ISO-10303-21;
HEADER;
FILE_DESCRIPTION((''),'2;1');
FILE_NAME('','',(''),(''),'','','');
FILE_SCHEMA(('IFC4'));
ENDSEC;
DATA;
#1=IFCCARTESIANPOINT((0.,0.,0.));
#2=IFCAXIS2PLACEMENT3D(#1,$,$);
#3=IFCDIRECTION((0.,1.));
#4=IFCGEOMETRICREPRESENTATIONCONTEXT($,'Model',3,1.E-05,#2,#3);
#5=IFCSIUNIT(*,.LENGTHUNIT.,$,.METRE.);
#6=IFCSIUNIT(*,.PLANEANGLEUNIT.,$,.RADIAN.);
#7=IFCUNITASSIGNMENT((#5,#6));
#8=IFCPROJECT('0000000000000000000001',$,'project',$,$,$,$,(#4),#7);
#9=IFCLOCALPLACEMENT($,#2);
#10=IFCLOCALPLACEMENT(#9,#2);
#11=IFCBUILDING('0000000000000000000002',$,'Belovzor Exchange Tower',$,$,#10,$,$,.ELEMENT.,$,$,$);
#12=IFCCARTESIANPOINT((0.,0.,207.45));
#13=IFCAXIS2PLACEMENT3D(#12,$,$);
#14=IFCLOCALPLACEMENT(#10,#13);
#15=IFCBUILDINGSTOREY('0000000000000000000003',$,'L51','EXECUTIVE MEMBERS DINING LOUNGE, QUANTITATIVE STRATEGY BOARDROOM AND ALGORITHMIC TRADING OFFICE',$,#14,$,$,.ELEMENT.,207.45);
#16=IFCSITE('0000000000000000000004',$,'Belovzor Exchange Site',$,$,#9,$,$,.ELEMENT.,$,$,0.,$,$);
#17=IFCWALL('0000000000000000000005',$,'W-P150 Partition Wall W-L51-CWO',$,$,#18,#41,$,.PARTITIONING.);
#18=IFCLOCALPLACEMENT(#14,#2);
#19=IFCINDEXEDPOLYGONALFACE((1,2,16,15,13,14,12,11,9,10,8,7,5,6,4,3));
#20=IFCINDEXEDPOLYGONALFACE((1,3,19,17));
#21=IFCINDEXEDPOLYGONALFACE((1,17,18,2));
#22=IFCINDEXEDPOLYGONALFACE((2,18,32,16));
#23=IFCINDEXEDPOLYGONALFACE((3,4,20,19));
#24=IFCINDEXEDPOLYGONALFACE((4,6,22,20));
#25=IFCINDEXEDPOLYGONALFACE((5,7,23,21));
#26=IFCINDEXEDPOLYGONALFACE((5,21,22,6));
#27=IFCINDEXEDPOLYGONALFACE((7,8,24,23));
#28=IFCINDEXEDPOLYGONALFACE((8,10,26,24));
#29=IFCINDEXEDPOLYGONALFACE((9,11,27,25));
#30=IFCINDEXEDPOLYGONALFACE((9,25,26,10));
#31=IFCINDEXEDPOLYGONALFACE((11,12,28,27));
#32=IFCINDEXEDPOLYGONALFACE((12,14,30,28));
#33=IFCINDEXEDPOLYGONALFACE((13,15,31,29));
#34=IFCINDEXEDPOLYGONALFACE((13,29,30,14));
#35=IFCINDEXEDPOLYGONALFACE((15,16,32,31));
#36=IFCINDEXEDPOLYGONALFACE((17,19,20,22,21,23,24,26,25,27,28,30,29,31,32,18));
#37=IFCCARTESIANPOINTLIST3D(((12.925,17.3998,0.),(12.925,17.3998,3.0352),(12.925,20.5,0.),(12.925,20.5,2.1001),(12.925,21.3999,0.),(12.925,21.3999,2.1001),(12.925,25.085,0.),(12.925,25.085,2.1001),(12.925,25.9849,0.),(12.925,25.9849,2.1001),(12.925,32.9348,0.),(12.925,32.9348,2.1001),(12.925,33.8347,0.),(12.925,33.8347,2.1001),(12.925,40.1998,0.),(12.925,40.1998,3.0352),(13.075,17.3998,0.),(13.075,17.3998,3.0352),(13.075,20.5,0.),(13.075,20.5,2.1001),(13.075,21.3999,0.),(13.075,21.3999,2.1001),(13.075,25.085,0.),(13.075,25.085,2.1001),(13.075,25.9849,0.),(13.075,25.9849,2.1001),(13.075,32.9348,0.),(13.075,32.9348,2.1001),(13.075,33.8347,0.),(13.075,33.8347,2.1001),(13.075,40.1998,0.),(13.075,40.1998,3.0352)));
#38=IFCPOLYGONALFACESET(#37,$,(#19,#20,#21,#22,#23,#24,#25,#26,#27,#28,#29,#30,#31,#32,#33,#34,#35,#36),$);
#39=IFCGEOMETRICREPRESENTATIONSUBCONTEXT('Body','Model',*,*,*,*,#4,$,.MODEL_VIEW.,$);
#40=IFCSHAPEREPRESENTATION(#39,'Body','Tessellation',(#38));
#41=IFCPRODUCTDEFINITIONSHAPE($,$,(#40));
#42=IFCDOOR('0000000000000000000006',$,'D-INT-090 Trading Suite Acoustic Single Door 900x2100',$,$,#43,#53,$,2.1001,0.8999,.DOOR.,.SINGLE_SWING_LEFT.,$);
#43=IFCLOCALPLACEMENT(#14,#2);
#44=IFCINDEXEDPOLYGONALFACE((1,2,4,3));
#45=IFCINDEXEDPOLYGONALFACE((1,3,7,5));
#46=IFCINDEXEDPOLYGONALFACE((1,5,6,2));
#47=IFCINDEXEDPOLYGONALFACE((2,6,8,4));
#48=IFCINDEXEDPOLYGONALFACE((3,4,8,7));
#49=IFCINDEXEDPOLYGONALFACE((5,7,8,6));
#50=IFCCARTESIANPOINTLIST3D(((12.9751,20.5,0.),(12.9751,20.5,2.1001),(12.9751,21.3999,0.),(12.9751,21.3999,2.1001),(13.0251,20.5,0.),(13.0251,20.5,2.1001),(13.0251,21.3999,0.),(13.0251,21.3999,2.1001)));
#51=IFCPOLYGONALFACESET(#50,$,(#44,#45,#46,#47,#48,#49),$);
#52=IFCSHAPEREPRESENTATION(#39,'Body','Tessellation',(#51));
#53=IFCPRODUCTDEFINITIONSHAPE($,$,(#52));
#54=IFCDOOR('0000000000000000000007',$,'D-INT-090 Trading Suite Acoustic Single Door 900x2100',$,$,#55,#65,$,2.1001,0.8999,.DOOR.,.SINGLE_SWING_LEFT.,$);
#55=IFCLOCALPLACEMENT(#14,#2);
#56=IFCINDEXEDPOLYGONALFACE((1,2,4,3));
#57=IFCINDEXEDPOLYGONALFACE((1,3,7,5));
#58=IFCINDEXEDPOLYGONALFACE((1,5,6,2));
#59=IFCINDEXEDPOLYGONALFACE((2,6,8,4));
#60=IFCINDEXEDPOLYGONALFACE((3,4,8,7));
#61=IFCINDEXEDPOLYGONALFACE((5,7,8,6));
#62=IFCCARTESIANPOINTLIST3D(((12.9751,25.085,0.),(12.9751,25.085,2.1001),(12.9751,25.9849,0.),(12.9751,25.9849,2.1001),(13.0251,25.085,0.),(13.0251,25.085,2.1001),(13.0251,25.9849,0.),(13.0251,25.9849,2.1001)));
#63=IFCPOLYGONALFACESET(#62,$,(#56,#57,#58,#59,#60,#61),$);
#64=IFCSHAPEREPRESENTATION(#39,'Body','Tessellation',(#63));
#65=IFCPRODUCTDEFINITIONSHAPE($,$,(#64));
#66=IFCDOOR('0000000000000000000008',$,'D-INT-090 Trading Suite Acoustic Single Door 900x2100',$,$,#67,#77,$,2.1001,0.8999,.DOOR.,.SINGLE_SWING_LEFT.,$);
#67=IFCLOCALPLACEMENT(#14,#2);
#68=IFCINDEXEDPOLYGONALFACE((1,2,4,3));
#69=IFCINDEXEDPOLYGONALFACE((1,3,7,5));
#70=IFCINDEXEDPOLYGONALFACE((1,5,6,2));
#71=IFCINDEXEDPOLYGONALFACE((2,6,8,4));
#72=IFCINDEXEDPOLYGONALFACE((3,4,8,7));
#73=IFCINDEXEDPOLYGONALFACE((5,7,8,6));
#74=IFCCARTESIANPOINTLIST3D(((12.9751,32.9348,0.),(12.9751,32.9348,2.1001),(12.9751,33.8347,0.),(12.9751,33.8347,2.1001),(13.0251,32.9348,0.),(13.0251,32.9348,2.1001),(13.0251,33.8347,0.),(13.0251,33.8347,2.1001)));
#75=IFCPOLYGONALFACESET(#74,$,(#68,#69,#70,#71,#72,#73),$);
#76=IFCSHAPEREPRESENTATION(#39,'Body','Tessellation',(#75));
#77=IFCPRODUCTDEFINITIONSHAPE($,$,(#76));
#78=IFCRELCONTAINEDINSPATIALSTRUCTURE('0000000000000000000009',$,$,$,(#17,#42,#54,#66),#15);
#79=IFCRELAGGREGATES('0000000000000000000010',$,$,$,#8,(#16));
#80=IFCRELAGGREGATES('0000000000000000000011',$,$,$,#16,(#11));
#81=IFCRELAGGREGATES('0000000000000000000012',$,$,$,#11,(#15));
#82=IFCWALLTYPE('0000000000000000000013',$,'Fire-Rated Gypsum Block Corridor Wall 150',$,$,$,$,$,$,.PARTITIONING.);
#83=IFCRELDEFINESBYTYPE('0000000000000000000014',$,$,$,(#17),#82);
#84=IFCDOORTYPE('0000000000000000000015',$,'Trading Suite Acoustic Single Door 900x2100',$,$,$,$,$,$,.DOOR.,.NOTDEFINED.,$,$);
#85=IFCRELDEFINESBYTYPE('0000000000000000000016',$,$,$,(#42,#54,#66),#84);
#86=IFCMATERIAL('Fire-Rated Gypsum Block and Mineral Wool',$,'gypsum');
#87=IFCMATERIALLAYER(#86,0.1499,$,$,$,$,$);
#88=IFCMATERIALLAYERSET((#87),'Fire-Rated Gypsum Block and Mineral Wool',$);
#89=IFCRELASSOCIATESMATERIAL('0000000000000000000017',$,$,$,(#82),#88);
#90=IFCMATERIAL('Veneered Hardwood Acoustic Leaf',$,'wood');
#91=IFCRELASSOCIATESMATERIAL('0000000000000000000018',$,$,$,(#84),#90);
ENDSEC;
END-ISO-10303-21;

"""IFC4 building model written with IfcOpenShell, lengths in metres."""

from ifc_helpers import new_model, si_unit, direction, frame, frame_2d, origin, place, context, subcontext, project, spatial, rectangle, extrude, material, layer, layer_set, type_object, element, fill, save


model = new_model("IFC4")

# Units and contexts
model_context = context("Model", 3, precision=1e-05, world=origin(), true_north=direction((0.0, 1.0)))
body_context = subcontext(model_context, "Body", "Model", "MODEL_VIEW")
ifc_project = project(units=[si_unit("LENGTHUNIT", "METRE"), si_unit("PLANEANGLEUNIT", "RADIAN")], contexts=[model_context])

# Site, building, storey
site_placement = place(None, origin())
site = spatial("IfcSite", under=ifc_project, at=site_placement, Name="Belovzor Exchange Site", CompositionType="ELEMENT", RefElevation=0.0)
building_placement = place(site_placement, origin())
building = spatial("IfcBuilding", under=site, at=building_placement, Name="Belovzor Exchange Tower", CompositionType="ELEMENT")
storey_placement = place(building_placement, frame((0.0, 0.0, 207.45)))
storey = spatial("IfcBuildingStorey", under=building, at=storey_placement, Name="L51", Description="EXECUTIVE MEMBERS DINING LOUNGE, QUANTITATIVE STRATEGY BOARDROOM AND ALGORITHMIC TRADING OFFICE", CompositionType="ELEMENT", Elevation=207.45)

# Shared definitions
ifc_material_1 = material(Name="Fire-Rated Gypsum Block and Mineral Wool", Category="gypsum")
ifc_layer_1 = layer(ifc_material_1, 0.1499)
ifc_layer_set_1 = layer_set([ifc_layer_1], Name="Fire-Rated Gypsum Block and Mineral Wool")
wall_type_1 = type_object("IfcWallType", Name="Fire-Rated Gypsum Block Corridor Wall 150", PredefinedType="PARTITIONING", material=ifc_layer_set_1)

# Shared definitions
ifc_material_2 = material(Name="Veneered Hardwood Acoustic Leaf", Category="wood")
door_type_1 = type_object("IfcDoorType", Name="Trading Suite Acoustic Single Door 900x2100", OperationType="NOTDEFINED", PredefinedType="DOOR", material=ifc_material_2)

# Wall, openings, doors
wall_1_placement = place(storey_placement, frame((13.0, 17.3999, 0.0), z_axis=(0.0, 0.0, 1.0), x_axis=(0.0, 1.0, 0.0)))
wall_1 = element("IfcWall", 1, at=wall_1_placement, inside=storey, type_object=wall_type_1, Name="W-P150 Partition Wall W-L51-CWO", PredefinedType="PARTITIONING", context=body_context, shape_type="SweptSolid", body=[
    extrude(rectangle(XDim=22.8, YDim=0.1499, at=frame_2d((11.3999, 0.0))), origin(), (0.0, 0.0, 1.0), 3.0352),
])
opening_1_placement = place(wall_1_placement, frame((3.1001, 0.0, 0.0)))
opening_1 = element("IfcOpeningElement", 2, at=opening_1_placement, cuts=wall_1, PredefinedType="OPENING", context=body_context, shape_type="SweptSolid", body=[
    extrude(rectangle(XDim=0.8999, YDim=2.1001, at=frame_2d((0.45, 1.05))), frame((0.0, 0.085, 0.0), z_axis=(0.0, -1.0, 0.0), x_axis=(1.0, 0.0, 0.0)), (0.0, 0.0, 1.0), 0.1699),
])
opening_2_placement = place(wall_1_placement, frame((7.6851, 0.0, 0.0)))
opening_2 = element("IfcOpeningElement", 3, at=opening_2_placement, cuts=wall_1, PredefinedType="OPENING", context=body_context, shape_type="SweptSolid", body=[
    extrude(rectangle(XDim=0.8999, YDim=2.1001, at=frame_2d((0.45, 1.05))), frame((0.0, 0.085, 0.0), z_axis=(0.0, -1.0, 0.0), x_axis=(1.0, 0.0, 0.0)), (0.0, 0.0, 1.0), 0.1699),
])
opening_3_placement = place(wall_1_placement, frame((15.5349, 0.0, 0.0)))
opening_3 = element("IfcOpeningElement", 4, at=opening_3_placement, cuts=wall_1, PredefinedType="OPENING", context=body_context, shape_type="SweptSolid", body=[
    extrude(rectangle(XDim=0.8999, YDim=2.1001, at=frame_2d((0.45, 1.05))), frame((0.0, 0.085, 0.0), z_axis=(0.0, -1.0, 0.0), x_axis=(1.0, 0.0, 0.0)), (0.0, 0.0, 1.0), 0.1699),
])
door_1_placement = place(opening_1_placement, origin())
door_1 = element("IfcDoor", 5, at=door_1_placement, inside=storey, type_object=door_type_1, Name="D-INT-090 Trading Suite Acoustic Single Door 900x2100", OperationType="SINGLE_SWING_LEFT", OverallHeight=2.1001, OverallWidth=0.8999, PredefinedType="DOOR", context=body_context, shape_type="SweptSolid", body=[
    extrude(rectangle(XDim=0.8999, YDim=2.1001, at=frame_2d((0.45, 1.05))), frame((0.0, 0.0249, 0.0), z_axis=(0.0, -1.0, 0.0), x_axis=(1.0, 0.0, 0.0)), (0.0, 0.0, 1.0), 0.05),
])
fill(opening_1, door_1)
door_2_placement = place(opening_2_placement, origin())
door_2 = element("IfcDoor", 6, at=door_2_placement, inside=storey, type_object=door_type_1, Name="D-INT-090 Trading Suite Acoustic Single Door 900x2100", OperationType="SINGLE_SWING_LEFT", OverallHeight=2.1001, OverallWidth=0.8999, PredefinedType="DOOR", context=body_context, shape_type="SweptSolid", body=[
    extrude(rectangle(XDim=0.8999, YDim=2.1001, at=frame_2d((0.45, 1.05))), frame((0.0, 0.0249, 0.0), z_axis=(0.0, -1.0, 0.0), x_axis=(1.0, 0.0, 0.0)), (0.0, 0.0, 1.0), 0.05),
])
fill(opening_2, door_2)
door_3_placement = place(opening_3_placement, origin())
door_3 = element("IfcDoor", 7, at=door_3_placement, inside=storey, type_object=door_type_1, Name="D-INT-090 Trading Suite Acoustic Single Door 900x2100", OperationType="SINGLE_SWING_LEFT", OverallHeight=2.1001, OverallWidth=0.8999, PredefinedType="DOOR", context=body_context, shape_type="SweptSolid", body=[
    extrude(rectangle(XDim=0.8999, YDim=2.1001, at=frame_2d((0.45, 1.05))), frame((0.0, 0.0249, 0.0), z_axis=(0.0, -1.0, 0.0), x_axis=(1.0, 0.0, 0.0)), (0.0, 0.0, 1.0), 0.05),
])
fill(opening_3, door_3)

save(model, "model.ifc")
